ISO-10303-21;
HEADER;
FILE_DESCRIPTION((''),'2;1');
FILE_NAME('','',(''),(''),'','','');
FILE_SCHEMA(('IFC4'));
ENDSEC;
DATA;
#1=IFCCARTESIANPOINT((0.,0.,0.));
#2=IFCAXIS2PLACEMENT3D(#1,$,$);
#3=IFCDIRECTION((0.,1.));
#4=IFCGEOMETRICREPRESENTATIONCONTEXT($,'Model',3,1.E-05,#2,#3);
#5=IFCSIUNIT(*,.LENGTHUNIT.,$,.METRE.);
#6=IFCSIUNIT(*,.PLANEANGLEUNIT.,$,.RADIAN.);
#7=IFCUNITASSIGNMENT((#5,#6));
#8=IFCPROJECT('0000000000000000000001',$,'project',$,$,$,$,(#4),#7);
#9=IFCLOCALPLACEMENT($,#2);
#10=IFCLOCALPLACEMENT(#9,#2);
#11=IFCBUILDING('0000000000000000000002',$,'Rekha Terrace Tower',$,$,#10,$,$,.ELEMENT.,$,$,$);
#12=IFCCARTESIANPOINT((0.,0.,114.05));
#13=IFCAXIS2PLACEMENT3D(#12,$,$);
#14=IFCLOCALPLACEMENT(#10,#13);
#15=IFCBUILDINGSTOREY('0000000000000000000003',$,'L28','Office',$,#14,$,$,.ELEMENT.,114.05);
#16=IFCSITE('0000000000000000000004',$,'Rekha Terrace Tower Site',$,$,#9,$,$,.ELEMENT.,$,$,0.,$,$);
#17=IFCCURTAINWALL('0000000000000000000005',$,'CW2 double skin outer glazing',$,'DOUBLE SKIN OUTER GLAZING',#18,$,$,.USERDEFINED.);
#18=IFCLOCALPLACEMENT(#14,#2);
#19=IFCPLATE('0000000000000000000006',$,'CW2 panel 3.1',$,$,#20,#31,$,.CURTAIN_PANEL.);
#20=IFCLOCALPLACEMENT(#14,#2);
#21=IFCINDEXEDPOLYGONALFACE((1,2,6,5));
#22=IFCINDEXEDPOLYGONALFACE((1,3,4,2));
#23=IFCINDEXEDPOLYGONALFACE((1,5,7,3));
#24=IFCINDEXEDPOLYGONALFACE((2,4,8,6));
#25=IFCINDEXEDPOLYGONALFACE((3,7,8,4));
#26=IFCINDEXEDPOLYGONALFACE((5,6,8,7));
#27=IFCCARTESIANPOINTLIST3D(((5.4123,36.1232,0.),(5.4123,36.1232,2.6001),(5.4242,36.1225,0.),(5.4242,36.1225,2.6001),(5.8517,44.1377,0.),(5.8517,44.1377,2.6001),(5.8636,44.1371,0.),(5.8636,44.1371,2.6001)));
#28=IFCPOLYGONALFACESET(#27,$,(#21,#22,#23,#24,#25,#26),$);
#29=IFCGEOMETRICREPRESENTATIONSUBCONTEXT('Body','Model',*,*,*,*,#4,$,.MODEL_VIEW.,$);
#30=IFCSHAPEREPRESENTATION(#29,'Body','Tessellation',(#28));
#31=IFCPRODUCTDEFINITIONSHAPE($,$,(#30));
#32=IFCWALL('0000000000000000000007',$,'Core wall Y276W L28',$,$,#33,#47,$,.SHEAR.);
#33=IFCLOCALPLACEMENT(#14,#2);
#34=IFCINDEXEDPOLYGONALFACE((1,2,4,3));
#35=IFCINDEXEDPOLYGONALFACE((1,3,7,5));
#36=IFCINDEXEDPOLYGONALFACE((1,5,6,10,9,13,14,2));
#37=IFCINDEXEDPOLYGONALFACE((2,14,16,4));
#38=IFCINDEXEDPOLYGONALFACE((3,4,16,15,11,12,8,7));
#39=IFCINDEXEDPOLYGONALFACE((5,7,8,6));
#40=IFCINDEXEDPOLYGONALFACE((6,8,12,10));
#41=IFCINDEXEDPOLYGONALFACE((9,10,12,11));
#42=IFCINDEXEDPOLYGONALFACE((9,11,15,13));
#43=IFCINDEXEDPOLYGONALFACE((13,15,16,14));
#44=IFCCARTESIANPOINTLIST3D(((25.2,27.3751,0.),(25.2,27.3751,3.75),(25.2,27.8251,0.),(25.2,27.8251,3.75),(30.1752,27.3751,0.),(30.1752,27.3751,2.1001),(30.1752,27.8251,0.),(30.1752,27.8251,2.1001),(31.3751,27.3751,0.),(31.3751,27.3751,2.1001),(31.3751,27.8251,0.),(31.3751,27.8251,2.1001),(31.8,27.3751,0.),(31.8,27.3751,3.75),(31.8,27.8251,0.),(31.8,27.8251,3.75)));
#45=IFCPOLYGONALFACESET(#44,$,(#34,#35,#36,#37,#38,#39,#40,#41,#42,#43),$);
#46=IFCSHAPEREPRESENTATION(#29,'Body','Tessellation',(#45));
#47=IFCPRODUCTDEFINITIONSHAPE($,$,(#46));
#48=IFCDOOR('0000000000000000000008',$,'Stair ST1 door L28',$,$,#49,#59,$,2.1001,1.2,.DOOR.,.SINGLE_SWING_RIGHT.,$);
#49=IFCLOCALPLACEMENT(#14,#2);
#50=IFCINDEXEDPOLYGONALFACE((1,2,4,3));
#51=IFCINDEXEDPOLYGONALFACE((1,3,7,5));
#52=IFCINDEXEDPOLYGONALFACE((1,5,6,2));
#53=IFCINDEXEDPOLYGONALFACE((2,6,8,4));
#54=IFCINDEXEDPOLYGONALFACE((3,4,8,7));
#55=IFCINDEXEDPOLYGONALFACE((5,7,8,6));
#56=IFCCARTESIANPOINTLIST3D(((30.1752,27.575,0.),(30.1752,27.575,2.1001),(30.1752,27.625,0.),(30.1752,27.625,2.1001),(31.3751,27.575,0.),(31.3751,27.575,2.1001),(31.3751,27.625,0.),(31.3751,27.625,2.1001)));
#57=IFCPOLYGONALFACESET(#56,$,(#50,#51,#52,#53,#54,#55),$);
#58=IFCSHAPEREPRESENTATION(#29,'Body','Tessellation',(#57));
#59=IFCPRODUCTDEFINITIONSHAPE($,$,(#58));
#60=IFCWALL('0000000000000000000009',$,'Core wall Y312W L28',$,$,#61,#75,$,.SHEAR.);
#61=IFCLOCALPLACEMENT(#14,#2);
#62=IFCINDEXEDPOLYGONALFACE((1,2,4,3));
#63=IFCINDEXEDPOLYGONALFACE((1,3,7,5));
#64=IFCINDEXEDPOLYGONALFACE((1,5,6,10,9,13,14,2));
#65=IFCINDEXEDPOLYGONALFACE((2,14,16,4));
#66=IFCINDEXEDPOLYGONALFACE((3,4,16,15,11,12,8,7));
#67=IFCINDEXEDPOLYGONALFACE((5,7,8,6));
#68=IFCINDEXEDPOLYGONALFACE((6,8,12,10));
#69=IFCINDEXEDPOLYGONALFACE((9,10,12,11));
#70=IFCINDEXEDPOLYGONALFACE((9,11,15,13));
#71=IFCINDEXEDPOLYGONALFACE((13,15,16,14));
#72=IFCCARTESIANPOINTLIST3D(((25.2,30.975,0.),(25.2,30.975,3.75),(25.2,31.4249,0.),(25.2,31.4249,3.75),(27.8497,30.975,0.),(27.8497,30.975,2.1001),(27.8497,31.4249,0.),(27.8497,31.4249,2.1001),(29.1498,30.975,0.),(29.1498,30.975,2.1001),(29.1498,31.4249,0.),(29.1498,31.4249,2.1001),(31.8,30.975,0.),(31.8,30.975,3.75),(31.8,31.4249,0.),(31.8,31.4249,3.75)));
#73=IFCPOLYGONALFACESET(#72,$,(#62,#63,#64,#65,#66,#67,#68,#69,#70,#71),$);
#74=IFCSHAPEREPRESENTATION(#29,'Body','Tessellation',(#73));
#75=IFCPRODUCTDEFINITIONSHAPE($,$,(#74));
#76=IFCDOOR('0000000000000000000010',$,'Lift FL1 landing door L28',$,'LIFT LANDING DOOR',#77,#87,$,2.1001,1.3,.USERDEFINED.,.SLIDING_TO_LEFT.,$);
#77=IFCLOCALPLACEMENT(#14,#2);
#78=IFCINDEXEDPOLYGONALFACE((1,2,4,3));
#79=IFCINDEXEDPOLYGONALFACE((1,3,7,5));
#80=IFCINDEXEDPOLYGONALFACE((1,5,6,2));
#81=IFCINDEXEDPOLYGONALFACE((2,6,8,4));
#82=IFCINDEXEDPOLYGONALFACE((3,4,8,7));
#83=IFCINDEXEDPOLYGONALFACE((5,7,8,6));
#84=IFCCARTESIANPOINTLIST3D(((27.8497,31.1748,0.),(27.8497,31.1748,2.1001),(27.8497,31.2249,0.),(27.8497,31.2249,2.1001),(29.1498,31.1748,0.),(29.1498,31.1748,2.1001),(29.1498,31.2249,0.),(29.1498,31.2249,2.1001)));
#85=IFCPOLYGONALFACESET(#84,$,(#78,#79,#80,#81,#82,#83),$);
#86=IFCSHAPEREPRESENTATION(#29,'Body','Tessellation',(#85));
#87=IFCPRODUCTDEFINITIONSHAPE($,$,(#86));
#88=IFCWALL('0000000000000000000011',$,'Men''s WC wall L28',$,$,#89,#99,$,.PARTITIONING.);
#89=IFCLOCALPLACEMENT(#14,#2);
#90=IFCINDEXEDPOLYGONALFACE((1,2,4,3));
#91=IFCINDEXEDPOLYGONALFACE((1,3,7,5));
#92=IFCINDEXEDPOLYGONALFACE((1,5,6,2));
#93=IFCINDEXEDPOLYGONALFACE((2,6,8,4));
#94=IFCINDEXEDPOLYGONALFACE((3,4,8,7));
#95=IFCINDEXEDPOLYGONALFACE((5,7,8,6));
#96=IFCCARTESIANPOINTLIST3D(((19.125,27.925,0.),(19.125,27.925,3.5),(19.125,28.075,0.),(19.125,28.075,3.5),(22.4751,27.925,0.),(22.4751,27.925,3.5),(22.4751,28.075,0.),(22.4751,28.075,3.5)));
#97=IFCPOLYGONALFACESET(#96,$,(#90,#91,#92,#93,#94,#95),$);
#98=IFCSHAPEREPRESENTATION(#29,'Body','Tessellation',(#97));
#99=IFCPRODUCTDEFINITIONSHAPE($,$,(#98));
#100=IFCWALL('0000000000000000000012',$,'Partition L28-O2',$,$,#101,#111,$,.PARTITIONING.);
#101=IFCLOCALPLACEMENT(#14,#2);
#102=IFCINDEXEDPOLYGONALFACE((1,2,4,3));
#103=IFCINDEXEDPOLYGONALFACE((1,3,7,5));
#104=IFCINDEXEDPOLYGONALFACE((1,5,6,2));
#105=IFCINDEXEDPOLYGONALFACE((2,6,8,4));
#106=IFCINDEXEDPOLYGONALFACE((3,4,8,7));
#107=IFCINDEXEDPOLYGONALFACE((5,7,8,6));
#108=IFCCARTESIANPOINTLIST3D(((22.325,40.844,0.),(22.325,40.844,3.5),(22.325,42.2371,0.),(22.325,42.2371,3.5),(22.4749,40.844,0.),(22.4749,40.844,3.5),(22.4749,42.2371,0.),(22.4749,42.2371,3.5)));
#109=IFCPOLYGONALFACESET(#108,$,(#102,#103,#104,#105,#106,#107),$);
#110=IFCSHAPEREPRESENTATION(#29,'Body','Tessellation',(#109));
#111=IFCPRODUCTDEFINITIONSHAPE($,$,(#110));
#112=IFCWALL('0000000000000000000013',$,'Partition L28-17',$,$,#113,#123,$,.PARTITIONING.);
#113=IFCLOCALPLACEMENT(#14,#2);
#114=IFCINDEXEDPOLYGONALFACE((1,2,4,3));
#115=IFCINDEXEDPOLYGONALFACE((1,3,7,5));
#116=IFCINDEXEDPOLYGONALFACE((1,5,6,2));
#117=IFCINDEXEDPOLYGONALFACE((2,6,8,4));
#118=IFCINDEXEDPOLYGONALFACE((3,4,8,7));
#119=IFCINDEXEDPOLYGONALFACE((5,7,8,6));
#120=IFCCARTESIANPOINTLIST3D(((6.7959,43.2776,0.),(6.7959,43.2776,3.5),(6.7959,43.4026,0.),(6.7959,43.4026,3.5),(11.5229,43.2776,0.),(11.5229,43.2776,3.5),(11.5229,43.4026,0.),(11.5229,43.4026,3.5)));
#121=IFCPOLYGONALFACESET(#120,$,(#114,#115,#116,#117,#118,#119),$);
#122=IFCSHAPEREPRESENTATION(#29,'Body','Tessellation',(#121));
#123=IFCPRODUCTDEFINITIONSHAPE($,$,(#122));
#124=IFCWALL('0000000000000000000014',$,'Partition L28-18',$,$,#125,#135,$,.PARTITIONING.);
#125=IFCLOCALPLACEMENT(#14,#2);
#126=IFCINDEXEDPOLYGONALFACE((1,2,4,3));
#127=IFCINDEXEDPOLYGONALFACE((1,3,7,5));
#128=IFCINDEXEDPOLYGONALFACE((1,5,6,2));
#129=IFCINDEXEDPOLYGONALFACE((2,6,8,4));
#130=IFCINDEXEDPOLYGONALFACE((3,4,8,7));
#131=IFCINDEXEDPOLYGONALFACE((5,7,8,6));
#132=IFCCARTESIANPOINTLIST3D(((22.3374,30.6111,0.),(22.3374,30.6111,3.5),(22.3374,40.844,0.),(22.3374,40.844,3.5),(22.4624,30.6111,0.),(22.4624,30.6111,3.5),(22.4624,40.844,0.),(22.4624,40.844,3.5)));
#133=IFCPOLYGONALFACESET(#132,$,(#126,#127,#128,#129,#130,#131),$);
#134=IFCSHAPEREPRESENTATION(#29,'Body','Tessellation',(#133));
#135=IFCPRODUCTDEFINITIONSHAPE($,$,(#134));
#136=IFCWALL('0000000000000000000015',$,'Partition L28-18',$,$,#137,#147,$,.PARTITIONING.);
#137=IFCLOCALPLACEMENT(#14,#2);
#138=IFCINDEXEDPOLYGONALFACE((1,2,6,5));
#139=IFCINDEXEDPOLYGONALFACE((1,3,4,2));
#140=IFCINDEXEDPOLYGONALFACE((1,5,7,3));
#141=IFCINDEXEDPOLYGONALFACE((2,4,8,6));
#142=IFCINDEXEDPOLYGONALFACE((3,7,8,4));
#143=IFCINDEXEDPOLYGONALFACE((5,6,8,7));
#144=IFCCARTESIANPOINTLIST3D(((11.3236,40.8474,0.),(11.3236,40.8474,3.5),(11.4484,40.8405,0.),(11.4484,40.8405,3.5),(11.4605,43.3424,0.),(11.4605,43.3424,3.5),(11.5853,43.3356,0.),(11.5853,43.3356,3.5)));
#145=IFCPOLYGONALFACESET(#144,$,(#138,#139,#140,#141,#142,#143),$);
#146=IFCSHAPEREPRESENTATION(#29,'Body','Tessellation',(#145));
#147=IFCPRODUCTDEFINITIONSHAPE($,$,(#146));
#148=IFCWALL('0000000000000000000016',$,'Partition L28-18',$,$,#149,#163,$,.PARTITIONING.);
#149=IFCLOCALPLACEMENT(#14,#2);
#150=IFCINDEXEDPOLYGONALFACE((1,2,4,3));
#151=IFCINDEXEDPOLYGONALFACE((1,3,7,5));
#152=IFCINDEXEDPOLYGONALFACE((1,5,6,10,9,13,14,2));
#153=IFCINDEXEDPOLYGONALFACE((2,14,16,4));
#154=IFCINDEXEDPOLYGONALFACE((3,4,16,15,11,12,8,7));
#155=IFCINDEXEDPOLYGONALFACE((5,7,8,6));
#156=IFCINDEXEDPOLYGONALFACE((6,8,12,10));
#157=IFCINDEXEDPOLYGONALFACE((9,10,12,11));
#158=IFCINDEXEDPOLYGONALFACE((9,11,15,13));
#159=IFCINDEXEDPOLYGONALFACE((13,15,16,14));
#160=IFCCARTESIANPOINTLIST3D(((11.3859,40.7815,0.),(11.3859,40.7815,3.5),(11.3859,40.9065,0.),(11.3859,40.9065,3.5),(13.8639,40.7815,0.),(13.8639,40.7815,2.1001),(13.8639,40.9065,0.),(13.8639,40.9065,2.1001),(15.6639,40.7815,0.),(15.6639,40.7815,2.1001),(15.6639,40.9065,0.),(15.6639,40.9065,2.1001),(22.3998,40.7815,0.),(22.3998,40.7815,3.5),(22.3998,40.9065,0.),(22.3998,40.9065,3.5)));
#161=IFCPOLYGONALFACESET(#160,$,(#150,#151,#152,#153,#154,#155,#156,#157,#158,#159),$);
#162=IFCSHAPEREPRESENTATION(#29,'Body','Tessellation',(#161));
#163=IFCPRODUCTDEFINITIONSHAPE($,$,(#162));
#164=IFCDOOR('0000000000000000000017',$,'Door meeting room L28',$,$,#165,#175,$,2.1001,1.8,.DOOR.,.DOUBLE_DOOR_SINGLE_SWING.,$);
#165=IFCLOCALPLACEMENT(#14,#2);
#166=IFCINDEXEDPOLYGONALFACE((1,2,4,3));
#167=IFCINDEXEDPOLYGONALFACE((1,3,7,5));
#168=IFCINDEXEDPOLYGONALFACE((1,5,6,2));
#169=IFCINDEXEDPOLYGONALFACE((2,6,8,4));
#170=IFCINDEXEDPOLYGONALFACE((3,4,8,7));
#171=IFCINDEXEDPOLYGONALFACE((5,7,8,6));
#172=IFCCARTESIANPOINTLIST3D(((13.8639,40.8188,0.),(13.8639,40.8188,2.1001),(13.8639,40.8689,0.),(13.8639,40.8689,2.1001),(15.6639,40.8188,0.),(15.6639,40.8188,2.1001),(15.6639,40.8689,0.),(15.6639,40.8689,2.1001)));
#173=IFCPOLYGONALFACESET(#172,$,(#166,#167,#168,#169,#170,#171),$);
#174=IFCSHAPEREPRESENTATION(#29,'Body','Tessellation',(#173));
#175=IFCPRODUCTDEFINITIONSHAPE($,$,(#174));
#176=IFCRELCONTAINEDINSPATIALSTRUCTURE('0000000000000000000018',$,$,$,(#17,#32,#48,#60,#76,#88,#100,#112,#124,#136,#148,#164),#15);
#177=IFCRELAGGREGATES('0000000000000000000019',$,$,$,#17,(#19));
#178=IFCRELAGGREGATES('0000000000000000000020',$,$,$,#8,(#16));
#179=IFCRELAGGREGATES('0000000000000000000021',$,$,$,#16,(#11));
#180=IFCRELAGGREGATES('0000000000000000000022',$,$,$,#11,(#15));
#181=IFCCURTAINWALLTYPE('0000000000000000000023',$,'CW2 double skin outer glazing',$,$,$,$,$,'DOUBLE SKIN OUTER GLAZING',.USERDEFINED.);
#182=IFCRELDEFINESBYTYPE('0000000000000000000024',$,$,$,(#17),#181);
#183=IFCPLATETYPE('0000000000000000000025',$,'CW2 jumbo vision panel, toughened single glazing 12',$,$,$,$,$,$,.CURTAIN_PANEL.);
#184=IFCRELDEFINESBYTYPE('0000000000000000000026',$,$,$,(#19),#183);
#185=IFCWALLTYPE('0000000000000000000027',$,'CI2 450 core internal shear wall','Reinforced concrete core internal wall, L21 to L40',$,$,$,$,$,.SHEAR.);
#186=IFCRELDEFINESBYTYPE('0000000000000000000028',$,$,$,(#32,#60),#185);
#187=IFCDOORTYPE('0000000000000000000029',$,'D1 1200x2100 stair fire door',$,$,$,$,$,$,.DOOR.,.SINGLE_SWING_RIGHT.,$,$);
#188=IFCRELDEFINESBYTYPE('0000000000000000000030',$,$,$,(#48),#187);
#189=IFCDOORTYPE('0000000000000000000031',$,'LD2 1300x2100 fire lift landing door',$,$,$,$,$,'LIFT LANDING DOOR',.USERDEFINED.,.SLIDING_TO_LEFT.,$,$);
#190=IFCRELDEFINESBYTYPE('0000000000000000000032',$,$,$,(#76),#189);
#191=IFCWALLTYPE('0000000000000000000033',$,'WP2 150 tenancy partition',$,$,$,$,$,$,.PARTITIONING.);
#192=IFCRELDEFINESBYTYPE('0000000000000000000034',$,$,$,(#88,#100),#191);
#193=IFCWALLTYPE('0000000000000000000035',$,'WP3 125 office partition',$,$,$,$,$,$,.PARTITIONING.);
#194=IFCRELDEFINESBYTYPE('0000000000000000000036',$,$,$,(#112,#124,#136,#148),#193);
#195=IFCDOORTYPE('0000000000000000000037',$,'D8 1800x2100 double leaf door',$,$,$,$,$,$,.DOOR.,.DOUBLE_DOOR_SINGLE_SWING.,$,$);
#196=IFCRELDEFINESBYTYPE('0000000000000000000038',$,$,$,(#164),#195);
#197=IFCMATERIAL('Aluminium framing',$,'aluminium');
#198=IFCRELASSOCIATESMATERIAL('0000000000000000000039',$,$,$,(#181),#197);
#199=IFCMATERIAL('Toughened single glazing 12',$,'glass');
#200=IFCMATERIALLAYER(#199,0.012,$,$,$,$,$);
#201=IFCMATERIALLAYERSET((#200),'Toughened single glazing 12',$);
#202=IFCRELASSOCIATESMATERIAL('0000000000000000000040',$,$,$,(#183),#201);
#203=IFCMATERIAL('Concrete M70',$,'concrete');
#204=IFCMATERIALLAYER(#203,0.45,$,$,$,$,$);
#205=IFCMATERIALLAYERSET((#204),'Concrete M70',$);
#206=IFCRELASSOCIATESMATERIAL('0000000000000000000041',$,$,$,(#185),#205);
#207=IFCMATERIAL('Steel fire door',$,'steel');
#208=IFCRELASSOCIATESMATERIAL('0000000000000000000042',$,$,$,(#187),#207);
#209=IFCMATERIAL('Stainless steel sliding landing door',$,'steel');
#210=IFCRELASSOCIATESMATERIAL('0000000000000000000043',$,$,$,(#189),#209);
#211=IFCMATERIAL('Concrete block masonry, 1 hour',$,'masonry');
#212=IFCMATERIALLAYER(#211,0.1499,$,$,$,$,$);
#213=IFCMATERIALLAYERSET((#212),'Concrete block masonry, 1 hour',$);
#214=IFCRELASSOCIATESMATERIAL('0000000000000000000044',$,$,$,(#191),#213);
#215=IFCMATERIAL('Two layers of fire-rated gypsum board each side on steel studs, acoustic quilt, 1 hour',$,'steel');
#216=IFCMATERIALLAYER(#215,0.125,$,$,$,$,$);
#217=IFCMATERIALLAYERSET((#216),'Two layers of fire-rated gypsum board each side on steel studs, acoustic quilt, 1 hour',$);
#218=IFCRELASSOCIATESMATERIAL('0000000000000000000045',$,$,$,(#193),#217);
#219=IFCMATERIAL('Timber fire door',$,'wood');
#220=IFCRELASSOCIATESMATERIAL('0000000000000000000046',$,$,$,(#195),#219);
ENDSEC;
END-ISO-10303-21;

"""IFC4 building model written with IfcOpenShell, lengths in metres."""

from ifc_helpers import new_model, si_unit, direction, frame, frame_2d, origin, origin_2d, place, context, subcontext, project, spatial, rectangle, extrude, material, layer, layer_set, type_object, element, fill, aggregate, save


model = new_model("IFC4")

# Units and contexts
model_context = context("Model", 3, precision=1e-05, world=origin(), true_north=direction((0.0, 1.0)))
body_context = subcontext(model_context, "Body", "Model", "MODEL_VIEW")
ifc_project = project(units=[si_unit("LENGTHUNIT", "METRE"), si_unit("PLANEANGLEUNIT", "RADIAN")], contexts=[model_context])

# Site, building, storey
site_placement = place(None, origin())
site = spatial("IfcSite", under=ifc_project, at=site_placement, Name="Rekha Terrace Tower Site", CompositionType="ELEMENT", RefElevation=0.0)
building_placement = place(site_placement, origin())
building = spatial("IfcBuilding", under=site, at=building_placement, Name="Rekha Terrace Tower", CompositionType="ELEMENT")
storey_placement = place(building_placement, frame((0.0, 0.0, 114.05)))
storey = spatial("IfcBuildingStorey", under=building, at=storey_placement, Name="L28", Description="Office", CompositionType="ELEMENT", Elevation=114.05)

# Shared definitions
ifc_material_1 = material(Name="Concrete M70", Category="concrete")

# Curtain wall
ifc_material_2 = material(Name="Aluminium framing", Category="aluminium")
curtain_wall_type_1 = type_object("IfcCurtainWallType", Name="CW2 double skin outer glazing", ElementType="DOUBLE SKIN OUTER GLAZING", PredefinedType="USERDEFINED", material=ifc_material_2)
curtain_wall_1_placement = place(storey_placement, origin())
curtain_wall_1 = element("IfcCurtainWall", 1, at=curtain_wall_1_placement, inside=storey, type_object=curtain_wall_type_1, Name="CW2 double skin outer glazing", ObjectType="DOUBLE SKIN OUTER GLAZING", PredefinedType="USERDEFINED")

# Plate
ifc_material_3 = material(Name="Toughened single glazing 12", Category="glass")
ifc_layer_1 = layer(ifc_material_3, 0.012)
ifc_layer_set_1 = layer_set([ifc_layer_1], Name="Toughened single glazing 12")
plate_type_1 = type_object("IfcPlateType", Name="CW2 jumbo vision panel, toughened single glazing 12", PredefinedType="CURTAIN_PANEL", material=ifc_layer_set_1)
plate_1_placement = place(storey_placement, frame((5.6379, 40.1301, 0.0), z_axis=(0.0, 0.0, 1.0), x_axis=(-0.054742, -0.998501, 0.0)))
plate_1 = element("IfcPlate", 2, at=plate_1_placement, type_object=plate_type_1, Name="CW2 panel 3.1", PredefinedType="CURTAIN_PANEL", context=body_context, shape_type="SweptSolid", body=[
    extrude(rectangle(XDim=8.0266, YDim=0.012, at=origin_2d()), origin(), (0.0, 0.0, 1.0), 2.6001),
])
aggregate(curtain_wall_1, [plate_1])

# Walls, openings, doors
ifc_layer_2 = layer(ifc_material_1, 0.45)
ifc_layer_set_2 = layer_set([ifc_layer_2], Name="Concrete M70")
wall_type_1 = type_object("IfcWallType", Name="CI2 450 core internal shear wall", Description="Reinforced concrete core internal wall, L21 to L40", PredefinedType="SHEAR", material=ifc_layer_set_2)
wall_1_placement = place(storey_placement, frame((25.2, 27.6001, 0.0), z_axis=(0.0, 0.0, 1.0), x_axis=(1.0, 0.0, 0.0)))
wall_1 = element("IfcWall", 3, at=wall_1_placement, inside=storey, type_object=wall_type_1, Name="Core wall Y276W L28", PredefinedType="SHEAR", context=body_context, shape_type="SweptSolid", body=[
    extrude(rectangle(XDim=6.6001, YDim=0.45, at=frame_2d((3.3, 0.0))), origin(), (0.0, 0.0, 1.0), 3.75),
])
opening_1_placement = place(wall_1_placement, frame((4.9751, 0.0, 0.0)))
opening_1 = element("IfcOpeningElement", 4, at=opening_1_placement, cuts=wall_1, PredefinedType="OPENING", context=body_context, shape_type="SweptSolid", body=[
    extrude(rectangle(XDim=1.2, YDim=2.1001, at=frame_2d((0.6001, 1.05))), frame((0.0, 0.2349, 0.0), z_axis=(0.0, -1.0, 0.0), x_axis=(1.0, 0.0, 0.0)), (0.0, 0.0, 1.0), 0.47),
])
ifc_material_4 = material(Name="Steel fire door", Category="steel")
door_type_1 = type_object("IfcDoorType", Name="D1 1200x2100 stair fire door", OperationType="SINGLE_SWING_RIGHT", PredefinedType="DOOR", material=ifc_material_4)
door_1_placement = place(opening_1_placement, origin())
door_1 = element("IfcDoor", 5, at=door_1_placement, inside=storey, type_object=door_type_1, Name="Stair ST1 door L28", OperationType="SINGLE_SWING_RIGHT", OverallHeight=2.1001, OverallWidth=1.2, PredefinedType="DOOR", context=body_context, shape_type="SweptSolid", body=[
    extrude(rectangle(XDim=1.2, YDim=2.1001, at=frame_2d((0.6001, 1.05))), frame((0.0, 0.0249, 0.0), z_axis=(0.0, -1.0, 0.0), x_axis=(1.0, 0.0, 0.0)), (0.0, 0.0, 1.0), 0.05),
])
fill(opening_1, door_1)
wall_2_placement = place(storey_placement, frame((25.2, 31.2, 0.0), z_axis=(0.0, 0.0, 1.0), x_axis=(1.0, 0.0, 0.0)))
wall_2 = element("IfcWall", 6, at=wall_2_placement, inside=storey, type_object=wall_type_1, Name="Core wall Y312W L28", PredefinedType="SHEAR", context=body_context, shape_type="SweptSolid", body=[
    extrude(rectangle(XDim=6.6001, YDim=0.45, at=frame_2d((3.3, 0.0))), origin(), (0.0, 0.0, 1.0), 3.75),
])
opening_2_placement = place(wall_2_placement, frame((2.6499, 0.0, 0.0)))
opening_2 = element("IfcOpeningElement", 7, at=opening_2_placement, cuts=wall_2, PredefinedType="OPENING", context=body_context, shape_type="SweptSolid", body=[
    extrude(rectangle(XDim=1.3, YDim=2.1001, at=frame_2d((0.6499, 1.05))), frame((0.0, 0.2349, 0.0), z_axis=(0.0, -1.0, 0.0), x_axis=(1.0, 0.0, 0.0)), (0.0, 0.0, 1.0), 0.47),
])
ifc_material_5 = material(Name="Stainless steel sliding landing door", Category="steel")
door_type_2 = type_object("IfcDoorType", Name="LD2 1300x2100 fire lift landing door", ElementType="LIFT LANDING DOOR", OperationType="SLIDING_TO_LEFT", PredefinedType="USERDEFINED", material=ifc_material_5)
door_2_placement = place(opening_2_placement, origin())
door_2 = element("IfcDoor", 8, at=door_2_placement, inside=storey, type_object=door_type_2, Name="Lift FL1 landing door L28", ObjectType="LIFT LANDING DOOR", OperationType="SLIDING_TO_LEFT", OverallHeight=2.1001, OverallWidth=1.3, PredefinedType="USERDEFINED", context=body_context, shape_type="SweptSolid", body=[
    extrude(rectangle(XDim=1.3, YDim=2.1001, at=frame_2d((0.6499, 1.05))), frame((0.0, 0.0249, 0.0), z_axis=(0.0, -1.0, 0.0), x_axis=(1.0, 0.0, 0.0)), (0.0, 0.0, 1.0), 0.05),
])
fill(opening_2, door_2)

# Walls
ifc_material_6 = material(Name="Concrete block masonry, 1 hour", Category="masonry")
ifc_layer_3 = layer(ifc_material_6, 0.1499)
ifc_layer_set_3 = layer_set([ifc_layer_3], Name="Concrete block masonry, 1 hour")
wall_type_2 = type_object("IfcWallType", Name="WP2 150 tenancy partition", PredefinedType="PARTITIONING", material=ifc_layer_set_3)
wall_3_placement = place(storey_placement, frame((19.125, 28.0, 0.0), z_axis=(0.0, 0.0, 1.0), x_axis=(1.0, 0.0, 0.0)))
element("IfcWall", 9, at=wall_3_placement, inside=storey, type_object=wall_type_2, Name="Men's WC wall L28", PredefinedType="PARTITIONING", context=body_context, shape_type="SweptSolid", body=[
    extrude(rectangle(XDim=3.3501, YDim=0.1499, at=frame_2d((1.675, 0.0))), origin(), (0.0, 0.0, 1.0), 3.5),
])
wall_4_placement = place(storey_placement, frame((22.3999, 42.2371, 0.0), z_axis=(0.0, 0.0, 1.0), x_axis=(0.0, -1.0, 0.0)))
element("IfcWall", 10, at=wall_4_placement, inside=storey, type_object=wall_type_2, Name="Partition L28-O2", PredefinedType="PARTITIONING", context=body_context, shape_type="SweptSolid", body=[
    extrude(rectangle(XDim=1.3931, YDim=0.1499, at=frame_2d((0.6965, 0.0))), origin(), (0.0, 0.0, 1.0), 3.5),
])
ifc_material_7 = material(Name="Two layers of fire-rated gypsum board each side on steel studs, acoustic quilt, 1 hour", Category="steel")
ifc_layer_4 = layer(ifc_material_7, 0.125)
ifc_layer_set_4 = layer_set([ifc_layer_4], Name="Two layers of fire-rated gypsum board each side on steel studs, acoustic quilt, 1 hour")
wall_type_3 = type_object("IfcWallType", Name="WP3 125 office partition", PredefinedType="PARTITIONING", material=ifc_layer_set_4)
wall_5_placement = place(storey_placement, frame((11.5229, 43.3401, 0.0), z_axis=(0.0, 0.0, 1.0), x_axis=(-1.0, 0.0, 0.0)))
element("IfcWall", 11, at=wall_5_placement, inside=storey, type_object=wall_type_3, Name="Partition L28-17", PredefinedType="PARTITIONING", context=body_context, shape_type="SweptSolid", body=[
    extrude(rectangle(XDim=4.7271, YDim=0.125, at=frame_2d((2.3635, 0.0))), origin(), (0.0, 0.0, 1.0), 3.5),
])
wall_6_placement = place(storey_placement, frame((22.3999, 40.844, 0.0), z_axis=(0.0, 0.0, 1.0), x_axis=(0.0, -1.0, 0.0)))
element("IfcWall", 12, at=wall_6_placement, inside=storey, type_object=wall_type_3, Name="Partition L28-18", PredefinedType="PARTITIONING", context=body_context, shape_type="SweptSolid", body=[
    extrude(rectangle(XDim=10.2329, YDim=0.125, at=frame_2d((5.1165, 0.0))), origin(), (0.0, 0.0, 1.0), 3.5),
])
wall_7_placement = place(storey_placement, frame((11.5229, 43.3391, 0.0), z_axis=(0.0, 0.0, 1.0), x_axis=(-0.05481, -0.998497, 0.0)))
element("IfcWall", 13, at=wall_7_placement, inside=storey, type_object=wall_type_3, Name="Partition L28-18", PredefinedType="PARTITIONING", context=body_context, shape_type="SweptSolid", body=[
    extrude(rectangle(XDim=2.4988, YDim=0.125, at=frame_2d((1.2495, 0.0))), origin(), (0.0, 0.0, 1.0), 3.5),
])

# Wall, opening, door
wall_8_placement = place(storey_placement, frame((11.386, 40.844, 0.0), z_axis=(0.0, 0.0, 1.0), x_axis=(1.0, 0.0, 0.0)))
wall_8 = element("IfcWall", 14, at=wall_8_placement, inside=storey, type_object=wall_type_3, Name="Partition L28-18", PredefinedType="PARTITIONING", context=body_context, shape_type="SweptSolid", body=[
    extrude(rectangle(XDim=11.0139, YDim=0.125, at=frame_2d((5.5068, 0.0))), origin(), (0.0, 0.0, 1.0), 3.5),
])
opening_3_placement = place(wall_8_placement, frame((2.478, 0.0, 0.0)))
opening_3 = element("IfcOpeningElement", 15, at=opening_3_placement, cuts=wall_8, PredefinedType="OPENING", context=body_context, shape_type="SweptSolid", body=[
    extrude(rectangle(XDim=1.8, YDim=2.1001, at=frame_2d((0.8999, 1.05))), frame((0.0, 0.0725, 0.0), z_axis=(0.0, -1.0, 0.0), x_axis=(1.0, 0.0, 0.0)), (0.0, 0.0, 1.0), 0.145),
])
ifc_material_8 = material(Name="Timber fire door", Category="wood")
door_type_3 = type_object("IfcDoorType", Name="D8 1800x2100 double leaf door", OperationType="DOUBLE_DOOR_SINGLE_SWING", PredefinedType="DOOR", material=ifc_material_8)
door_3_placement = place(opening_3_placement, origin())
door_3 = element("IfcDoor", 16, at=door_3_placement, inside=storey, type_object=door_type_3, Name="Door meeting room L28", OperationType="DOUBLE_DOOR_SINGLE_SWING", OverallHeight=2.1001, OverallWidth=1.8, PredefinedType="DOOR", context=body_context, shape_type="SweptSolid", body=[
    extrude(rectangle(XDim=1.8, YDim=2.1001, at=frame_2d((0.8999, 1.05))), frame((0.0, 0.0249, 0.0), z_axis=(0.0, -1.0, 0.0), x_axis=(1.0, 0.0, 0.0)), (0.0, 0.0, 1.0), 0.05),
])
fill(opening_3, door_3)

save(model, "model.ifc")
